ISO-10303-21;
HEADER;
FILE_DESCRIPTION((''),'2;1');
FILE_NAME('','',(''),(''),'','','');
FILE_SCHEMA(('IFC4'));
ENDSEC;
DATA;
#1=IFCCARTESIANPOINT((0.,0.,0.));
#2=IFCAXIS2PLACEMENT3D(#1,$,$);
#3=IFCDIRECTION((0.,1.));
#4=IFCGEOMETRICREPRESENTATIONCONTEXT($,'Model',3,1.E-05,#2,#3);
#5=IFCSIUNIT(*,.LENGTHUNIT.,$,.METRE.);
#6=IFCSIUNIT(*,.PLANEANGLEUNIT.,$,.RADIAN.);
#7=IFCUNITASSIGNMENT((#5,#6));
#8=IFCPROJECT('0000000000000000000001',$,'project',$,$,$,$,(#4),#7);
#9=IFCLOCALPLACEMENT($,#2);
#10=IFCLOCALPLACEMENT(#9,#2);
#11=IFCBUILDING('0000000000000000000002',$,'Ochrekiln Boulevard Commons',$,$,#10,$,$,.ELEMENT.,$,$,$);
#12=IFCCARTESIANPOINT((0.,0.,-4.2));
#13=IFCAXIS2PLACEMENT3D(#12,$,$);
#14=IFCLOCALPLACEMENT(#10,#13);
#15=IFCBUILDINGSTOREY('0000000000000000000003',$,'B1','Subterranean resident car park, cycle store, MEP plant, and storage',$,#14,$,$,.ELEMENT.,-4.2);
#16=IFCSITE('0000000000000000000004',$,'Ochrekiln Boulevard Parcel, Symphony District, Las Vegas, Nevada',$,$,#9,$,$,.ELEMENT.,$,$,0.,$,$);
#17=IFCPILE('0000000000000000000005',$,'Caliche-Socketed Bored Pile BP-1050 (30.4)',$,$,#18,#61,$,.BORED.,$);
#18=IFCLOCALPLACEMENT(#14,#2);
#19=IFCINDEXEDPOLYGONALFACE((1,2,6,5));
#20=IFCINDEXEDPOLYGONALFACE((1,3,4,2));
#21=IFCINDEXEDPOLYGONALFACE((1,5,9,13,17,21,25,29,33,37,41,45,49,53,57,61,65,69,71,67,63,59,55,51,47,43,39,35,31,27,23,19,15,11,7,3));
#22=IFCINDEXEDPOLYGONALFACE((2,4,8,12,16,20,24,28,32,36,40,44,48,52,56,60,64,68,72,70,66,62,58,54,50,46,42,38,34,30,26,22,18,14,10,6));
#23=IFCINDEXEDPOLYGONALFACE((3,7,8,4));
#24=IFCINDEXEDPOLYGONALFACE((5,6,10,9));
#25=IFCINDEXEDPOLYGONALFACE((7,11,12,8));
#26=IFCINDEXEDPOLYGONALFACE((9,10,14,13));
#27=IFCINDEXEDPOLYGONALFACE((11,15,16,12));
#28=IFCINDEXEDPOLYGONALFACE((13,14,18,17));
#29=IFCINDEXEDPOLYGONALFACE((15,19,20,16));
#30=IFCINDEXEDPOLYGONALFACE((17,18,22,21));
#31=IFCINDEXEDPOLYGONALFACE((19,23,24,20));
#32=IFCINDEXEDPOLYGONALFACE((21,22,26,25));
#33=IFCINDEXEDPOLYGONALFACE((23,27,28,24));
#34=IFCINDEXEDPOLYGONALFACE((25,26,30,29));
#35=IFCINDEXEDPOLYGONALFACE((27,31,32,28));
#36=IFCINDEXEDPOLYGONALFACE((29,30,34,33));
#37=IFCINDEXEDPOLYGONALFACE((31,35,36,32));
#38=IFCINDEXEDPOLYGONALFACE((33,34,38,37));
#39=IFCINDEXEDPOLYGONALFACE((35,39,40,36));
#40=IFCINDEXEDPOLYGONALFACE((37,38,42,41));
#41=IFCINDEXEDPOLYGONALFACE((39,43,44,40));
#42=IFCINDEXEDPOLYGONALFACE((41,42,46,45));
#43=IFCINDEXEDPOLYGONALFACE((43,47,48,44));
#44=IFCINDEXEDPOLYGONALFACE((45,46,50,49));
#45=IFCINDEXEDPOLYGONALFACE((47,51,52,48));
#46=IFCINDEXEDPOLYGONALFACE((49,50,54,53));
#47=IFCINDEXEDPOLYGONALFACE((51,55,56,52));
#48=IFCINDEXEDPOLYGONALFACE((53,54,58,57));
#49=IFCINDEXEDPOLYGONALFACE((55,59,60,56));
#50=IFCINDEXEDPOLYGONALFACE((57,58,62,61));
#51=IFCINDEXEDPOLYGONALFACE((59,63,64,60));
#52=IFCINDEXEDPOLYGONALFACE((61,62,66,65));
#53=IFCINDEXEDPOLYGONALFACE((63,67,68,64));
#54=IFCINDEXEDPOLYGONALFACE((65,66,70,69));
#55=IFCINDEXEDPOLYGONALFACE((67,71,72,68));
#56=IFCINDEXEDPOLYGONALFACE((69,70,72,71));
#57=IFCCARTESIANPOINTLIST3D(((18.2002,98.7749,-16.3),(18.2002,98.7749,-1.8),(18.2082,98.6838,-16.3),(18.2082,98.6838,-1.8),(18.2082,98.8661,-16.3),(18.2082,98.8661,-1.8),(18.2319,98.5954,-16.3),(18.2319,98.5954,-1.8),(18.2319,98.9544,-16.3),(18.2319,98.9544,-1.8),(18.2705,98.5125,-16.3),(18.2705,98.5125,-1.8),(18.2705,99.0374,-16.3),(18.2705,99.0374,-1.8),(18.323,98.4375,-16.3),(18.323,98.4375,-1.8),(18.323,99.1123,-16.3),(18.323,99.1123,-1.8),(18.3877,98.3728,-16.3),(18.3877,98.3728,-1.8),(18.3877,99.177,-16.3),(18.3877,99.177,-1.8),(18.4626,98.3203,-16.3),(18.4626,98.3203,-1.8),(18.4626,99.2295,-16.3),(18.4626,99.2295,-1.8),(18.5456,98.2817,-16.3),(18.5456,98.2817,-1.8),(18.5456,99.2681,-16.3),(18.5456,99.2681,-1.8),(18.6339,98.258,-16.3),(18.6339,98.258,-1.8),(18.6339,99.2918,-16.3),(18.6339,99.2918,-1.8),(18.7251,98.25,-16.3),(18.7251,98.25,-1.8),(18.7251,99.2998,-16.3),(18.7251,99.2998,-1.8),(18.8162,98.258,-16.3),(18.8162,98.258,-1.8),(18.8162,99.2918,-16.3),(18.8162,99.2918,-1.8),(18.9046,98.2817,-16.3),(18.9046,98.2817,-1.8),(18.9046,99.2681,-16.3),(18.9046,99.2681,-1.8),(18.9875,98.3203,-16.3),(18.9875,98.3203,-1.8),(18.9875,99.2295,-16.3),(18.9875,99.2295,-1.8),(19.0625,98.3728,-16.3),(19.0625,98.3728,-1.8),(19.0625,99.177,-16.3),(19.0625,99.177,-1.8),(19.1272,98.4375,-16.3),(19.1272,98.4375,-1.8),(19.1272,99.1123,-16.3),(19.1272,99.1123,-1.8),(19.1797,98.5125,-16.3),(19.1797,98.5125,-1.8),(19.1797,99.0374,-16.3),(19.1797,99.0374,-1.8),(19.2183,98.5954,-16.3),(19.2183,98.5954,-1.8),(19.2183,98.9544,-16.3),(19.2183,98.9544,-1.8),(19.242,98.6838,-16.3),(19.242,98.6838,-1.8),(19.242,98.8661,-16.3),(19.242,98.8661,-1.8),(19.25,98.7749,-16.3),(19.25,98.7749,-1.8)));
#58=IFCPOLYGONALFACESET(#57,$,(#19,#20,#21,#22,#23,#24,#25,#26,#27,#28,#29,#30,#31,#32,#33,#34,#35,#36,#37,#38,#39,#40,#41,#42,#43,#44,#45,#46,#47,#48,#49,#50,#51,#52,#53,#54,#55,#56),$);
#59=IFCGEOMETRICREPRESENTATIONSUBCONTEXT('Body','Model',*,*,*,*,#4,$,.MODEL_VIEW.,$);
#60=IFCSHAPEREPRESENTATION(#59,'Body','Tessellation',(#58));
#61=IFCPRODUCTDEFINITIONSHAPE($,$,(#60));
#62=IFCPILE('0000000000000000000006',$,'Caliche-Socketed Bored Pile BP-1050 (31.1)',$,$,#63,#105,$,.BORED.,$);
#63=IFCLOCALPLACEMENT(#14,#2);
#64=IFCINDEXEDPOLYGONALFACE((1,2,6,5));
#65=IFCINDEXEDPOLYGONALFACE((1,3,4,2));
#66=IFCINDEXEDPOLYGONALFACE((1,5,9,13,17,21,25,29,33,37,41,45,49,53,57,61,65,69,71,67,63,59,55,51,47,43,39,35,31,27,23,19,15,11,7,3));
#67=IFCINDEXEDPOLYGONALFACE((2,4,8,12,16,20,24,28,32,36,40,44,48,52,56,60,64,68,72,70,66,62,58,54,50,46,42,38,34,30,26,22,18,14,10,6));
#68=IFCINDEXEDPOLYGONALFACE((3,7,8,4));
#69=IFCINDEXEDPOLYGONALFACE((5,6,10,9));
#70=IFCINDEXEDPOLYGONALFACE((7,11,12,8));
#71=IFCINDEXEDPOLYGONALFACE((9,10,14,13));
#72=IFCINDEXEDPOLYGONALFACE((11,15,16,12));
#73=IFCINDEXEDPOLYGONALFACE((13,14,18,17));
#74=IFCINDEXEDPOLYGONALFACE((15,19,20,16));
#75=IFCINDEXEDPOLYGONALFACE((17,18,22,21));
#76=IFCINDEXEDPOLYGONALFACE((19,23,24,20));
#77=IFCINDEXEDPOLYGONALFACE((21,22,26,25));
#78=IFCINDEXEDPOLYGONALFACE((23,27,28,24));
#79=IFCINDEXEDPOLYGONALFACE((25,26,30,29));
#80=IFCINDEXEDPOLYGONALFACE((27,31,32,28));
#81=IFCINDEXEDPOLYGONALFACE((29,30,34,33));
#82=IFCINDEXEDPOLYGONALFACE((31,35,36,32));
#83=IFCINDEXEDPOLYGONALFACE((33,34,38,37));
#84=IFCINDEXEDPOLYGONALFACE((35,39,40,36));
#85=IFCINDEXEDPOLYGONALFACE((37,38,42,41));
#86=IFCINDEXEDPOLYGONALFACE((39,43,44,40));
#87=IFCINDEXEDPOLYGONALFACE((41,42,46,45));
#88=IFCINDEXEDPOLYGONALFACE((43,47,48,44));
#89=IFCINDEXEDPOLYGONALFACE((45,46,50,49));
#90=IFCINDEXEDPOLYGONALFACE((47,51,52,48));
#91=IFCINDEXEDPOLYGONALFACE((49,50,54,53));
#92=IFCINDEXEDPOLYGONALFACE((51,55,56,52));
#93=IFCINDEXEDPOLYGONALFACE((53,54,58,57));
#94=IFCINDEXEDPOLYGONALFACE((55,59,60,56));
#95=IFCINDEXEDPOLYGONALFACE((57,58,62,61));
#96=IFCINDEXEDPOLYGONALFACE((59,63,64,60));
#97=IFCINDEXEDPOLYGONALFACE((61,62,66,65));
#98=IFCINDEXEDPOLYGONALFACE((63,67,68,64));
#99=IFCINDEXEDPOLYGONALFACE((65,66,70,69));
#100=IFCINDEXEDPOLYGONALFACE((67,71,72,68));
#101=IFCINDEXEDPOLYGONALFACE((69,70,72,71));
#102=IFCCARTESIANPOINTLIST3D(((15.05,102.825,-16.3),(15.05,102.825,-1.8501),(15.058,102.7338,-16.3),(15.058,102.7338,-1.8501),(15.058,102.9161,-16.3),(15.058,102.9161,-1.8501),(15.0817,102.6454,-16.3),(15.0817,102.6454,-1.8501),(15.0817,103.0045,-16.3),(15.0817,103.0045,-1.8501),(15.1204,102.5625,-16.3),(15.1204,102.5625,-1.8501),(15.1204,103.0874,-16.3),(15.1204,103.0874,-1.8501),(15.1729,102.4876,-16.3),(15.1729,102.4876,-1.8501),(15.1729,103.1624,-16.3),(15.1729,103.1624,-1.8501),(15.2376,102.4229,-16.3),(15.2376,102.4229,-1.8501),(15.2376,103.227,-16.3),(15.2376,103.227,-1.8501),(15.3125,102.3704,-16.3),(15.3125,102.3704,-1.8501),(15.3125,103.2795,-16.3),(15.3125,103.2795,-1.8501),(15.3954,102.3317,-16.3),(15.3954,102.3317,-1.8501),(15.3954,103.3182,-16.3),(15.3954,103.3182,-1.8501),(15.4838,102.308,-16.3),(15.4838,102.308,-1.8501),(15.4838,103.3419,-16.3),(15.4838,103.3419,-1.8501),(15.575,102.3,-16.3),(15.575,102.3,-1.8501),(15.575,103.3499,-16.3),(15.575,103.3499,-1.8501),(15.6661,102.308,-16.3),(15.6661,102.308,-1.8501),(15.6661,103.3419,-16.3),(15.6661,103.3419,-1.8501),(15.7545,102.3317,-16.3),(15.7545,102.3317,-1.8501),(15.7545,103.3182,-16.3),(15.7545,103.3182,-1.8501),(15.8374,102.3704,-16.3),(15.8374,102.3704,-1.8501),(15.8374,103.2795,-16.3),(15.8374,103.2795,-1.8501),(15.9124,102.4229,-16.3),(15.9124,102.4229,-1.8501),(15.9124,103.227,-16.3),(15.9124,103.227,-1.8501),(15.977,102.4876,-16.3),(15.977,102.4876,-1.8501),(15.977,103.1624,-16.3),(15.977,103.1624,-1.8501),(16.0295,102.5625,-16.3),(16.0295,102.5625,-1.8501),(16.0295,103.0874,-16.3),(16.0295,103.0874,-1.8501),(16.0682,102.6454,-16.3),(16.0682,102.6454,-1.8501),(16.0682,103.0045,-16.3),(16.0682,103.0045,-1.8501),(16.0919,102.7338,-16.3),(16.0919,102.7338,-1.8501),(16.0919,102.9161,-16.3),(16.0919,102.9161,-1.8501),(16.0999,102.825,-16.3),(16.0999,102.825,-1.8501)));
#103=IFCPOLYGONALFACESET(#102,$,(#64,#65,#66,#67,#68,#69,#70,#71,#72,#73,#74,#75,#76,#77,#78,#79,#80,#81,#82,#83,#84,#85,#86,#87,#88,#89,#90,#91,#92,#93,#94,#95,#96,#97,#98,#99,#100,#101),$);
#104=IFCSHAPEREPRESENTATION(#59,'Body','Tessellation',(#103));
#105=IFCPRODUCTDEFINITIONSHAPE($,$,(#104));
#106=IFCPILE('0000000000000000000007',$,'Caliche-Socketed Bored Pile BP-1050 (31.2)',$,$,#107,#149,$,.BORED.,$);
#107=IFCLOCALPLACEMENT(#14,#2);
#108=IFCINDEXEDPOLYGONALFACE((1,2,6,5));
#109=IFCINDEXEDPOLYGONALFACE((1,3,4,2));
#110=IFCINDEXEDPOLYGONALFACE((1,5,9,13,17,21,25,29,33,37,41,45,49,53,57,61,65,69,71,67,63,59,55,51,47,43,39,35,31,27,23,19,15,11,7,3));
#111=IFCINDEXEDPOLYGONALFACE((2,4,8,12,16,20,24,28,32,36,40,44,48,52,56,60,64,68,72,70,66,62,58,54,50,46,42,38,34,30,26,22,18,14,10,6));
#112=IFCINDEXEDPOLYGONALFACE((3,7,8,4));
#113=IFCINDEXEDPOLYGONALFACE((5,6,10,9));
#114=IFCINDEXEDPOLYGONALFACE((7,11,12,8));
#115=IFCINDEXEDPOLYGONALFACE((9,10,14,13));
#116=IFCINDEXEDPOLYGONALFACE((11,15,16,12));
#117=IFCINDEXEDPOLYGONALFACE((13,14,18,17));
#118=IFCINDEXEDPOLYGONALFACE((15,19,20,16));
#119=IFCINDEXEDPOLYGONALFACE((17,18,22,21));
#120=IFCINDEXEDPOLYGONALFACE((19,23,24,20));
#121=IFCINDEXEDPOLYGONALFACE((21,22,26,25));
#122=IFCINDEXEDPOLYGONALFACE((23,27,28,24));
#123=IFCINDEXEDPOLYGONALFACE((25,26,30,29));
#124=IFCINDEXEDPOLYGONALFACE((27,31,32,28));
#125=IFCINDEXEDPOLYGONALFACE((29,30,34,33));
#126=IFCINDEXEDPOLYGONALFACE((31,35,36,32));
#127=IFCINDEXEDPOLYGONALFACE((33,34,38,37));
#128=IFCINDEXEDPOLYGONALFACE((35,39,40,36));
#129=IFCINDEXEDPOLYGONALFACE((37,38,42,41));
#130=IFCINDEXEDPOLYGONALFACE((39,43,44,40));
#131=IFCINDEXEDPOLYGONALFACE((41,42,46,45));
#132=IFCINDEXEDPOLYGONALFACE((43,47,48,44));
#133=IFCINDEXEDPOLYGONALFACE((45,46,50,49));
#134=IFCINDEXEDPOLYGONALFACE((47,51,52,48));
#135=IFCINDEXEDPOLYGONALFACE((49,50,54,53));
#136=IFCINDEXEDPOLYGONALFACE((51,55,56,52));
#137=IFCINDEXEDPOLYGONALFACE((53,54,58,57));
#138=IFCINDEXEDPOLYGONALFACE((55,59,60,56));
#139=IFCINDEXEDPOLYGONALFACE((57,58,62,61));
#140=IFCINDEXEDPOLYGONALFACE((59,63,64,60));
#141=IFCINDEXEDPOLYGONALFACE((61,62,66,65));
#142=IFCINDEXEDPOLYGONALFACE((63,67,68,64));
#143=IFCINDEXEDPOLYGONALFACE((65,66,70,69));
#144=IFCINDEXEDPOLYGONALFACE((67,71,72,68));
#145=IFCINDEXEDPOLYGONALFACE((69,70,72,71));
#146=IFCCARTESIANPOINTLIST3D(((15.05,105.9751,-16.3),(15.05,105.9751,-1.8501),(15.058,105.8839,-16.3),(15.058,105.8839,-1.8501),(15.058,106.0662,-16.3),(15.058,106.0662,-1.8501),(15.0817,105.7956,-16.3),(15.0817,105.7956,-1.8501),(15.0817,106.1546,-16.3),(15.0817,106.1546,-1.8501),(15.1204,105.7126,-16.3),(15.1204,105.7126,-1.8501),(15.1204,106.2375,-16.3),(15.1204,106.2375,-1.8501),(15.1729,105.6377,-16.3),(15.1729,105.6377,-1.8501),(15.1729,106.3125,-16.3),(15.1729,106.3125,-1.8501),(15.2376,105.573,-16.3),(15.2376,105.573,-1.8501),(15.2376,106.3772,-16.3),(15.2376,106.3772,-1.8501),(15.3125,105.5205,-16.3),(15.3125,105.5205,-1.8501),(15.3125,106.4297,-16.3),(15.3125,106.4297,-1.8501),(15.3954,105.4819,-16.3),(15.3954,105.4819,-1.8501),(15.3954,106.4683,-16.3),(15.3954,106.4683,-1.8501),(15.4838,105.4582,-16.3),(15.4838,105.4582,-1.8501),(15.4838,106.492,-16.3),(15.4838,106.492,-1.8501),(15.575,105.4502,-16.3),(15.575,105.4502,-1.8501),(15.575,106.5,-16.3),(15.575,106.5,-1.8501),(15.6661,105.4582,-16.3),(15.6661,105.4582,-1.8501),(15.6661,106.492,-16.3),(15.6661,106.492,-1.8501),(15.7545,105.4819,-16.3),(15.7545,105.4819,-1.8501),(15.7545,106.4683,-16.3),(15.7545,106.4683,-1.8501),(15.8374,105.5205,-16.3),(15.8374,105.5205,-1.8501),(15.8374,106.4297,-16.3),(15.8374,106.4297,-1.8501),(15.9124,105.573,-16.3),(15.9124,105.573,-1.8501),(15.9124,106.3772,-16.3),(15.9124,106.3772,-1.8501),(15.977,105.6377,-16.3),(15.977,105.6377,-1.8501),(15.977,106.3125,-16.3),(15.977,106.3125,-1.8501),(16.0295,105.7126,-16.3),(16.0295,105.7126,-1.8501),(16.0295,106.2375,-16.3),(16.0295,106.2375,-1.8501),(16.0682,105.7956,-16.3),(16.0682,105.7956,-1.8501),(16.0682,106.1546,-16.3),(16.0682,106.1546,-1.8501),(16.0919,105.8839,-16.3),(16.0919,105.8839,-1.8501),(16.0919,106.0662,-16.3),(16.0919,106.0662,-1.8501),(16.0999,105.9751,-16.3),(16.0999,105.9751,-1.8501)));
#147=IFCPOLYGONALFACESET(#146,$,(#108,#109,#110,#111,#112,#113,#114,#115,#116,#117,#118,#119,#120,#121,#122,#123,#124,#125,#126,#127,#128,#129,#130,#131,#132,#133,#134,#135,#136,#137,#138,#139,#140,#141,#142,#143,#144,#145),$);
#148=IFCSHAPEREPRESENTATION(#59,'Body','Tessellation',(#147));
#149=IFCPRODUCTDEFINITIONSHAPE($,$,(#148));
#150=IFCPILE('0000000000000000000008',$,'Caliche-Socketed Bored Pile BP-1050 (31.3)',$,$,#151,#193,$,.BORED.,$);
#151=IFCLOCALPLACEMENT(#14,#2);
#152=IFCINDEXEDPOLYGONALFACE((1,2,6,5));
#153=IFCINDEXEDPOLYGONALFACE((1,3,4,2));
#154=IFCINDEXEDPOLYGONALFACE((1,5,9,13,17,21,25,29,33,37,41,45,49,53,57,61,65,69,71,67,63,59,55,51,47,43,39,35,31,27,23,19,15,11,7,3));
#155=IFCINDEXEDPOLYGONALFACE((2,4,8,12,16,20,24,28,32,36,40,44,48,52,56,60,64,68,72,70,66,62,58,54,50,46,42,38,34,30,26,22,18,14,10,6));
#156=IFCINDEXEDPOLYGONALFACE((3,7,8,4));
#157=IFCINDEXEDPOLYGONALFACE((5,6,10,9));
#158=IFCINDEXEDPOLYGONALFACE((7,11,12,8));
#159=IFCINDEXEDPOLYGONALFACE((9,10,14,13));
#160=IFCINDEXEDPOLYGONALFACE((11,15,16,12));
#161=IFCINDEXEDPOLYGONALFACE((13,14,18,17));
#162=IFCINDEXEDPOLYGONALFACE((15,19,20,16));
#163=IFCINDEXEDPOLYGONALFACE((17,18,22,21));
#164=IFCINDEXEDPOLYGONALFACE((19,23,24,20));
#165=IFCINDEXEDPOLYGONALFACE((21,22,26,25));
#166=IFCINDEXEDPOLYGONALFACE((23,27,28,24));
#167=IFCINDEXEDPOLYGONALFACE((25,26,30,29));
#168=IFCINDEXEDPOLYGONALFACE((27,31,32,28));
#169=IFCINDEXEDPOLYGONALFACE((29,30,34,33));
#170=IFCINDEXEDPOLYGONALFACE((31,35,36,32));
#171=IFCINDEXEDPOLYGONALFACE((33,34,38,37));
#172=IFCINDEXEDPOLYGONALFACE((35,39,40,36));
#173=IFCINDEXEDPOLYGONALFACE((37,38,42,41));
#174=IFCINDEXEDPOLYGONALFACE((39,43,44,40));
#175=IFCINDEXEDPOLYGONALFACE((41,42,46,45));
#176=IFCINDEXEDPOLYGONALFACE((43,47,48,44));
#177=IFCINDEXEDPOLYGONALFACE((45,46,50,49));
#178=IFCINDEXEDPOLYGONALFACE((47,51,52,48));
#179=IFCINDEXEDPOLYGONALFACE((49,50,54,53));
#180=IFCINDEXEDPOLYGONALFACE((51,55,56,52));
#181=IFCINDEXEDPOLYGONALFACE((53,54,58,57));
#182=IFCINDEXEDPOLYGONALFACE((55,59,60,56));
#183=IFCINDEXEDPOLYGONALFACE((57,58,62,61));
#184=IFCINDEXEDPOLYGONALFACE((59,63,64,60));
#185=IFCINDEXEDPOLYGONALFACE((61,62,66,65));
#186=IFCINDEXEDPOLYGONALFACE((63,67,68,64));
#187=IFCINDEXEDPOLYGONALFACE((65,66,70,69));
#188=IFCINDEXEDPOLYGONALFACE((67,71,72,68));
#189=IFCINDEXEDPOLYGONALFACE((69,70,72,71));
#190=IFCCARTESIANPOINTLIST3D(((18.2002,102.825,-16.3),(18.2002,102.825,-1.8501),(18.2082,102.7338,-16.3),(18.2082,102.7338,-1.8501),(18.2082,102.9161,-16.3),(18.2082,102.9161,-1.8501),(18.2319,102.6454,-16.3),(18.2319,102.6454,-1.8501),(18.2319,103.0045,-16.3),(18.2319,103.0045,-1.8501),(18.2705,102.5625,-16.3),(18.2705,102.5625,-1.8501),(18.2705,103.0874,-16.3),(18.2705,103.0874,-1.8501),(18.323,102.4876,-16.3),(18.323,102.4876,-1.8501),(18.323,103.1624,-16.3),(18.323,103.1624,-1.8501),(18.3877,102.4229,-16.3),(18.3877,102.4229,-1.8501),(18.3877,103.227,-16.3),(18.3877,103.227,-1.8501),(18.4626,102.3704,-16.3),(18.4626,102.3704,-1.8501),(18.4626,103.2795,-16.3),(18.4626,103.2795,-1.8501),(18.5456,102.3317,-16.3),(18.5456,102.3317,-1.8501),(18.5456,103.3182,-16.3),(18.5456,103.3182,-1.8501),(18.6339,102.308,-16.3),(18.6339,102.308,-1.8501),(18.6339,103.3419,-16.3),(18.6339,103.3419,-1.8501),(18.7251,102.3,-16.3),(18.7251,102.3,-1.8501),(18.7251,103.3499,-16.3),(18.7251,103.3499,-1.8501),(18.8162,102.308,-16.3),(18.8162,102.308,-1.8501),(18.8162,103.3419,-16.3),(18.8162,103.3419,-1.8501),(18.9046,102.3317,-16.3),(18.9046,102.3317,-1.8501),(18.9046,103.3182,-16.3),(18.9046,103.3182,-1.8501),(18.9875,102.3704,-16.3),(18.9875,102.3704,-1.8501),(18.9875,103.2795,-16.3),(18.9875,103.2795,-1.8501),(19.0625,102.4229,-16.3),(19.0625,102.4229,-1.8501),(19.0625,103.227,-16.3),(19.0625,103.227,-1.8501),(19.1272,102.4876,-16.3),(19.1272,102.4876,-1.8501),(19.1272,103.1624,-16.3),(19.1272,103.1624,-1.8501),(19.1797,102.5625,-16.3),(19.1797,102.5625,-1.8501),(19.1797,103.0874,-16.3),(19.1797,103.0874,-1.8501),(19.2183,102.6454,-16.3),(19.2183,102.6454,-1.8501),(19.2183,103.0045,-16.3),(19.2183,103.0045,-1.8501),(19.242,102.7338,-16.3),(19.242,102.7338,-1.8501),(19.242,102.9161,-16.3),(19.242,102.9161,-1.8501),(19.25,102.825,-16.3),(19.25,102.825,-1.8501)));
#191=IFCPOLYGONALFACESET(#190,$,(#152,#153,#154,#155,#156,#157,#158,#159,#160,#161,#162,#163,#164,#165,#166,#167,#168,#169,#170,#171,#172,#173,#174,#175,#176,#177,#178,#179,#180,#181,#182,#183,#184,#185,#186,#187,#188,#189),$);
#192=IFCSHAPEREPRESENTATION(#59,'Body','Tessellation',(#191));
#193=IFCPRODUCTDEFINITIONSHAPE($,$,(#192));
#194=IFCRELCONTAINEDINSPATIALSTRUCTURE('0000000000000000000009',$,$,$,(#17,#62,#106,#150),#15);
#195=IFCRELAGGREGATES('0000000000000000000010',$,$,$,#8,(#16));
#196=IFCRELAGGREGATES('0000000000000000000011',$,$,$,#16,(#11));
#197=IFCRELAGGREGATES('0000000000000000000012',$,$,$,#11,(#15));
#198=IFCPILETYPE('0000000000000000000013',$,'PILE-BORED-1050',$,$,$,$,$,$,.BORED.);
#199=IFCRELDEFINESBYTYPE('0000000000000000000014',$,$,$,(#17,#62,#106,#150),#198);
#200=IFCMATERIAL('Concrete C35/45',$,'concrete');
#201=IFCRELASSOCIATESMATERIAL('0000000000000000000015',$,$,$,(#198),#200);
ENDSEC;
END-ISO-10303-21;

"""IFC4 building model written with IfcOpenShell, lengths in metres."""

from ifc_helpers import new_model, si_unit, direction, frame, origin, origin_2d, place, context, subcontext, project, spatial, circle, extrude, material, material_profile, profile_set, type_object, element, save


model = new_model("IFC4")

# Units and contexts
model_context = context("Model", 3, precision=1e-05, world=origin(), true_north=direction((0.0, 1.0)))
body_context = subcontext(model_context, "Body", "Model", "MODEL_VIEW")
ifc_project = project(units=[si_unit("LENGTHUNIT", "METRE"), si_unit("PLANEANGLEUNIT", "RADIAN")], contexts=[model_context])

# Site, building, storey
site_placement = place(None, origin())
site = spatial("IfcSite", under=ifc_project, at=site_placement, Name="Ochrekiln Boulevard Parcel, Symphony District, Las Vegas, Nevada", CompositionType="ELEMENT", RefElevation=0.0)
building_placement = place(site_placement, origin())
building = spatial("IfcBuilding", under=site, at=building_placement, Name="Ochrekiln Boulevard Commons", CompositionType="ELEMENT")
storey_placement = place(building_placement, frame((0.0, 0.0, -4.2)))
storey = spatial("IfcBuildingStorey", under=building, at=storey_placement, Name="B1", Description="Subterranean resident car park, cycle store, MEP plant, and storage", CompositionType="ELEMENT", Elevation=-4.2)

# Shared definitions
ifc_material_1 = material(Name="Concrete C35/45", Category="concrete")

# Piles
ifc_material_profile_1 = material_profile(ifc_material_1, circle(Radius=0.5249, at=origin_2d()), Name="PILE-D1050")
ifc_profile_set_1 = profile_set([ifc_material_profile_1], Name="Concrete C35/45")
pile_type = type_object("IfcPileType", Name="PILE-BORED-1050", PredefinedType="BORED", material=ifc_profile_set_1)
for number, where, z_axis, x_axis, name in (
    (1, (18.7251, 98.7749, -1.8), (0.0, 0.0, -1.0), (1.0, 0.0, 0.0), "Caliche-Socketed Bored Pile BP-1050 (30.4)"),
):
    element("IfcPile", number, at=place(storey_placement, frame(where, z_axis=z_axis, x_axis=x_axis)), inside=storey, type_object=pile_type, Name=name, PredefinedType="BORED", context=body_context, shape_type="SweptSolid", body=[
        extrude(circle(Radius=0.5249, at=origin_2d()), origin(), (0.0, 0.0, 1.0), 14.5),
    ])
for number, where, z_axis, x_axis, name in (
    (2, (15.575, 102.825, -1.8501), (0.0, 0.0, -1.0), (1.0, 0.0, 0.0), "Caliche-Socketed Bored Pile BP-1050 (31.1)"),
    (3, (15.575, 105.9751, -1.8501), (0.0, 0.0, -1.0), (1.0, 0.0, 0.0), "Caliche-Socketed Bored Pile BP-1050 (31.2)"),
    (4, (18.7251, 102.825, -1.8501), (0.0, 0.0, -1.0), (1.0, 0.0, 0.0), "Caliche-Socketed Bored Pile BP-1050 (31.3)"),
):
    element("IfcPile", number, at=place(storey_placement, frame(where, z_axis=z_axis, x_axis=x_axis)), inside=storey, type_object=pile_type, Name=name, PredefinedType="BORED", context=body_context, shape_type="SweptSolid", body=[
        extrude(circle(Radius=0.5249, at=origin_2d()), origin(), (0.0, 0.0, 1.0), 14.45),
    ])

save(model, "model.ifc")
